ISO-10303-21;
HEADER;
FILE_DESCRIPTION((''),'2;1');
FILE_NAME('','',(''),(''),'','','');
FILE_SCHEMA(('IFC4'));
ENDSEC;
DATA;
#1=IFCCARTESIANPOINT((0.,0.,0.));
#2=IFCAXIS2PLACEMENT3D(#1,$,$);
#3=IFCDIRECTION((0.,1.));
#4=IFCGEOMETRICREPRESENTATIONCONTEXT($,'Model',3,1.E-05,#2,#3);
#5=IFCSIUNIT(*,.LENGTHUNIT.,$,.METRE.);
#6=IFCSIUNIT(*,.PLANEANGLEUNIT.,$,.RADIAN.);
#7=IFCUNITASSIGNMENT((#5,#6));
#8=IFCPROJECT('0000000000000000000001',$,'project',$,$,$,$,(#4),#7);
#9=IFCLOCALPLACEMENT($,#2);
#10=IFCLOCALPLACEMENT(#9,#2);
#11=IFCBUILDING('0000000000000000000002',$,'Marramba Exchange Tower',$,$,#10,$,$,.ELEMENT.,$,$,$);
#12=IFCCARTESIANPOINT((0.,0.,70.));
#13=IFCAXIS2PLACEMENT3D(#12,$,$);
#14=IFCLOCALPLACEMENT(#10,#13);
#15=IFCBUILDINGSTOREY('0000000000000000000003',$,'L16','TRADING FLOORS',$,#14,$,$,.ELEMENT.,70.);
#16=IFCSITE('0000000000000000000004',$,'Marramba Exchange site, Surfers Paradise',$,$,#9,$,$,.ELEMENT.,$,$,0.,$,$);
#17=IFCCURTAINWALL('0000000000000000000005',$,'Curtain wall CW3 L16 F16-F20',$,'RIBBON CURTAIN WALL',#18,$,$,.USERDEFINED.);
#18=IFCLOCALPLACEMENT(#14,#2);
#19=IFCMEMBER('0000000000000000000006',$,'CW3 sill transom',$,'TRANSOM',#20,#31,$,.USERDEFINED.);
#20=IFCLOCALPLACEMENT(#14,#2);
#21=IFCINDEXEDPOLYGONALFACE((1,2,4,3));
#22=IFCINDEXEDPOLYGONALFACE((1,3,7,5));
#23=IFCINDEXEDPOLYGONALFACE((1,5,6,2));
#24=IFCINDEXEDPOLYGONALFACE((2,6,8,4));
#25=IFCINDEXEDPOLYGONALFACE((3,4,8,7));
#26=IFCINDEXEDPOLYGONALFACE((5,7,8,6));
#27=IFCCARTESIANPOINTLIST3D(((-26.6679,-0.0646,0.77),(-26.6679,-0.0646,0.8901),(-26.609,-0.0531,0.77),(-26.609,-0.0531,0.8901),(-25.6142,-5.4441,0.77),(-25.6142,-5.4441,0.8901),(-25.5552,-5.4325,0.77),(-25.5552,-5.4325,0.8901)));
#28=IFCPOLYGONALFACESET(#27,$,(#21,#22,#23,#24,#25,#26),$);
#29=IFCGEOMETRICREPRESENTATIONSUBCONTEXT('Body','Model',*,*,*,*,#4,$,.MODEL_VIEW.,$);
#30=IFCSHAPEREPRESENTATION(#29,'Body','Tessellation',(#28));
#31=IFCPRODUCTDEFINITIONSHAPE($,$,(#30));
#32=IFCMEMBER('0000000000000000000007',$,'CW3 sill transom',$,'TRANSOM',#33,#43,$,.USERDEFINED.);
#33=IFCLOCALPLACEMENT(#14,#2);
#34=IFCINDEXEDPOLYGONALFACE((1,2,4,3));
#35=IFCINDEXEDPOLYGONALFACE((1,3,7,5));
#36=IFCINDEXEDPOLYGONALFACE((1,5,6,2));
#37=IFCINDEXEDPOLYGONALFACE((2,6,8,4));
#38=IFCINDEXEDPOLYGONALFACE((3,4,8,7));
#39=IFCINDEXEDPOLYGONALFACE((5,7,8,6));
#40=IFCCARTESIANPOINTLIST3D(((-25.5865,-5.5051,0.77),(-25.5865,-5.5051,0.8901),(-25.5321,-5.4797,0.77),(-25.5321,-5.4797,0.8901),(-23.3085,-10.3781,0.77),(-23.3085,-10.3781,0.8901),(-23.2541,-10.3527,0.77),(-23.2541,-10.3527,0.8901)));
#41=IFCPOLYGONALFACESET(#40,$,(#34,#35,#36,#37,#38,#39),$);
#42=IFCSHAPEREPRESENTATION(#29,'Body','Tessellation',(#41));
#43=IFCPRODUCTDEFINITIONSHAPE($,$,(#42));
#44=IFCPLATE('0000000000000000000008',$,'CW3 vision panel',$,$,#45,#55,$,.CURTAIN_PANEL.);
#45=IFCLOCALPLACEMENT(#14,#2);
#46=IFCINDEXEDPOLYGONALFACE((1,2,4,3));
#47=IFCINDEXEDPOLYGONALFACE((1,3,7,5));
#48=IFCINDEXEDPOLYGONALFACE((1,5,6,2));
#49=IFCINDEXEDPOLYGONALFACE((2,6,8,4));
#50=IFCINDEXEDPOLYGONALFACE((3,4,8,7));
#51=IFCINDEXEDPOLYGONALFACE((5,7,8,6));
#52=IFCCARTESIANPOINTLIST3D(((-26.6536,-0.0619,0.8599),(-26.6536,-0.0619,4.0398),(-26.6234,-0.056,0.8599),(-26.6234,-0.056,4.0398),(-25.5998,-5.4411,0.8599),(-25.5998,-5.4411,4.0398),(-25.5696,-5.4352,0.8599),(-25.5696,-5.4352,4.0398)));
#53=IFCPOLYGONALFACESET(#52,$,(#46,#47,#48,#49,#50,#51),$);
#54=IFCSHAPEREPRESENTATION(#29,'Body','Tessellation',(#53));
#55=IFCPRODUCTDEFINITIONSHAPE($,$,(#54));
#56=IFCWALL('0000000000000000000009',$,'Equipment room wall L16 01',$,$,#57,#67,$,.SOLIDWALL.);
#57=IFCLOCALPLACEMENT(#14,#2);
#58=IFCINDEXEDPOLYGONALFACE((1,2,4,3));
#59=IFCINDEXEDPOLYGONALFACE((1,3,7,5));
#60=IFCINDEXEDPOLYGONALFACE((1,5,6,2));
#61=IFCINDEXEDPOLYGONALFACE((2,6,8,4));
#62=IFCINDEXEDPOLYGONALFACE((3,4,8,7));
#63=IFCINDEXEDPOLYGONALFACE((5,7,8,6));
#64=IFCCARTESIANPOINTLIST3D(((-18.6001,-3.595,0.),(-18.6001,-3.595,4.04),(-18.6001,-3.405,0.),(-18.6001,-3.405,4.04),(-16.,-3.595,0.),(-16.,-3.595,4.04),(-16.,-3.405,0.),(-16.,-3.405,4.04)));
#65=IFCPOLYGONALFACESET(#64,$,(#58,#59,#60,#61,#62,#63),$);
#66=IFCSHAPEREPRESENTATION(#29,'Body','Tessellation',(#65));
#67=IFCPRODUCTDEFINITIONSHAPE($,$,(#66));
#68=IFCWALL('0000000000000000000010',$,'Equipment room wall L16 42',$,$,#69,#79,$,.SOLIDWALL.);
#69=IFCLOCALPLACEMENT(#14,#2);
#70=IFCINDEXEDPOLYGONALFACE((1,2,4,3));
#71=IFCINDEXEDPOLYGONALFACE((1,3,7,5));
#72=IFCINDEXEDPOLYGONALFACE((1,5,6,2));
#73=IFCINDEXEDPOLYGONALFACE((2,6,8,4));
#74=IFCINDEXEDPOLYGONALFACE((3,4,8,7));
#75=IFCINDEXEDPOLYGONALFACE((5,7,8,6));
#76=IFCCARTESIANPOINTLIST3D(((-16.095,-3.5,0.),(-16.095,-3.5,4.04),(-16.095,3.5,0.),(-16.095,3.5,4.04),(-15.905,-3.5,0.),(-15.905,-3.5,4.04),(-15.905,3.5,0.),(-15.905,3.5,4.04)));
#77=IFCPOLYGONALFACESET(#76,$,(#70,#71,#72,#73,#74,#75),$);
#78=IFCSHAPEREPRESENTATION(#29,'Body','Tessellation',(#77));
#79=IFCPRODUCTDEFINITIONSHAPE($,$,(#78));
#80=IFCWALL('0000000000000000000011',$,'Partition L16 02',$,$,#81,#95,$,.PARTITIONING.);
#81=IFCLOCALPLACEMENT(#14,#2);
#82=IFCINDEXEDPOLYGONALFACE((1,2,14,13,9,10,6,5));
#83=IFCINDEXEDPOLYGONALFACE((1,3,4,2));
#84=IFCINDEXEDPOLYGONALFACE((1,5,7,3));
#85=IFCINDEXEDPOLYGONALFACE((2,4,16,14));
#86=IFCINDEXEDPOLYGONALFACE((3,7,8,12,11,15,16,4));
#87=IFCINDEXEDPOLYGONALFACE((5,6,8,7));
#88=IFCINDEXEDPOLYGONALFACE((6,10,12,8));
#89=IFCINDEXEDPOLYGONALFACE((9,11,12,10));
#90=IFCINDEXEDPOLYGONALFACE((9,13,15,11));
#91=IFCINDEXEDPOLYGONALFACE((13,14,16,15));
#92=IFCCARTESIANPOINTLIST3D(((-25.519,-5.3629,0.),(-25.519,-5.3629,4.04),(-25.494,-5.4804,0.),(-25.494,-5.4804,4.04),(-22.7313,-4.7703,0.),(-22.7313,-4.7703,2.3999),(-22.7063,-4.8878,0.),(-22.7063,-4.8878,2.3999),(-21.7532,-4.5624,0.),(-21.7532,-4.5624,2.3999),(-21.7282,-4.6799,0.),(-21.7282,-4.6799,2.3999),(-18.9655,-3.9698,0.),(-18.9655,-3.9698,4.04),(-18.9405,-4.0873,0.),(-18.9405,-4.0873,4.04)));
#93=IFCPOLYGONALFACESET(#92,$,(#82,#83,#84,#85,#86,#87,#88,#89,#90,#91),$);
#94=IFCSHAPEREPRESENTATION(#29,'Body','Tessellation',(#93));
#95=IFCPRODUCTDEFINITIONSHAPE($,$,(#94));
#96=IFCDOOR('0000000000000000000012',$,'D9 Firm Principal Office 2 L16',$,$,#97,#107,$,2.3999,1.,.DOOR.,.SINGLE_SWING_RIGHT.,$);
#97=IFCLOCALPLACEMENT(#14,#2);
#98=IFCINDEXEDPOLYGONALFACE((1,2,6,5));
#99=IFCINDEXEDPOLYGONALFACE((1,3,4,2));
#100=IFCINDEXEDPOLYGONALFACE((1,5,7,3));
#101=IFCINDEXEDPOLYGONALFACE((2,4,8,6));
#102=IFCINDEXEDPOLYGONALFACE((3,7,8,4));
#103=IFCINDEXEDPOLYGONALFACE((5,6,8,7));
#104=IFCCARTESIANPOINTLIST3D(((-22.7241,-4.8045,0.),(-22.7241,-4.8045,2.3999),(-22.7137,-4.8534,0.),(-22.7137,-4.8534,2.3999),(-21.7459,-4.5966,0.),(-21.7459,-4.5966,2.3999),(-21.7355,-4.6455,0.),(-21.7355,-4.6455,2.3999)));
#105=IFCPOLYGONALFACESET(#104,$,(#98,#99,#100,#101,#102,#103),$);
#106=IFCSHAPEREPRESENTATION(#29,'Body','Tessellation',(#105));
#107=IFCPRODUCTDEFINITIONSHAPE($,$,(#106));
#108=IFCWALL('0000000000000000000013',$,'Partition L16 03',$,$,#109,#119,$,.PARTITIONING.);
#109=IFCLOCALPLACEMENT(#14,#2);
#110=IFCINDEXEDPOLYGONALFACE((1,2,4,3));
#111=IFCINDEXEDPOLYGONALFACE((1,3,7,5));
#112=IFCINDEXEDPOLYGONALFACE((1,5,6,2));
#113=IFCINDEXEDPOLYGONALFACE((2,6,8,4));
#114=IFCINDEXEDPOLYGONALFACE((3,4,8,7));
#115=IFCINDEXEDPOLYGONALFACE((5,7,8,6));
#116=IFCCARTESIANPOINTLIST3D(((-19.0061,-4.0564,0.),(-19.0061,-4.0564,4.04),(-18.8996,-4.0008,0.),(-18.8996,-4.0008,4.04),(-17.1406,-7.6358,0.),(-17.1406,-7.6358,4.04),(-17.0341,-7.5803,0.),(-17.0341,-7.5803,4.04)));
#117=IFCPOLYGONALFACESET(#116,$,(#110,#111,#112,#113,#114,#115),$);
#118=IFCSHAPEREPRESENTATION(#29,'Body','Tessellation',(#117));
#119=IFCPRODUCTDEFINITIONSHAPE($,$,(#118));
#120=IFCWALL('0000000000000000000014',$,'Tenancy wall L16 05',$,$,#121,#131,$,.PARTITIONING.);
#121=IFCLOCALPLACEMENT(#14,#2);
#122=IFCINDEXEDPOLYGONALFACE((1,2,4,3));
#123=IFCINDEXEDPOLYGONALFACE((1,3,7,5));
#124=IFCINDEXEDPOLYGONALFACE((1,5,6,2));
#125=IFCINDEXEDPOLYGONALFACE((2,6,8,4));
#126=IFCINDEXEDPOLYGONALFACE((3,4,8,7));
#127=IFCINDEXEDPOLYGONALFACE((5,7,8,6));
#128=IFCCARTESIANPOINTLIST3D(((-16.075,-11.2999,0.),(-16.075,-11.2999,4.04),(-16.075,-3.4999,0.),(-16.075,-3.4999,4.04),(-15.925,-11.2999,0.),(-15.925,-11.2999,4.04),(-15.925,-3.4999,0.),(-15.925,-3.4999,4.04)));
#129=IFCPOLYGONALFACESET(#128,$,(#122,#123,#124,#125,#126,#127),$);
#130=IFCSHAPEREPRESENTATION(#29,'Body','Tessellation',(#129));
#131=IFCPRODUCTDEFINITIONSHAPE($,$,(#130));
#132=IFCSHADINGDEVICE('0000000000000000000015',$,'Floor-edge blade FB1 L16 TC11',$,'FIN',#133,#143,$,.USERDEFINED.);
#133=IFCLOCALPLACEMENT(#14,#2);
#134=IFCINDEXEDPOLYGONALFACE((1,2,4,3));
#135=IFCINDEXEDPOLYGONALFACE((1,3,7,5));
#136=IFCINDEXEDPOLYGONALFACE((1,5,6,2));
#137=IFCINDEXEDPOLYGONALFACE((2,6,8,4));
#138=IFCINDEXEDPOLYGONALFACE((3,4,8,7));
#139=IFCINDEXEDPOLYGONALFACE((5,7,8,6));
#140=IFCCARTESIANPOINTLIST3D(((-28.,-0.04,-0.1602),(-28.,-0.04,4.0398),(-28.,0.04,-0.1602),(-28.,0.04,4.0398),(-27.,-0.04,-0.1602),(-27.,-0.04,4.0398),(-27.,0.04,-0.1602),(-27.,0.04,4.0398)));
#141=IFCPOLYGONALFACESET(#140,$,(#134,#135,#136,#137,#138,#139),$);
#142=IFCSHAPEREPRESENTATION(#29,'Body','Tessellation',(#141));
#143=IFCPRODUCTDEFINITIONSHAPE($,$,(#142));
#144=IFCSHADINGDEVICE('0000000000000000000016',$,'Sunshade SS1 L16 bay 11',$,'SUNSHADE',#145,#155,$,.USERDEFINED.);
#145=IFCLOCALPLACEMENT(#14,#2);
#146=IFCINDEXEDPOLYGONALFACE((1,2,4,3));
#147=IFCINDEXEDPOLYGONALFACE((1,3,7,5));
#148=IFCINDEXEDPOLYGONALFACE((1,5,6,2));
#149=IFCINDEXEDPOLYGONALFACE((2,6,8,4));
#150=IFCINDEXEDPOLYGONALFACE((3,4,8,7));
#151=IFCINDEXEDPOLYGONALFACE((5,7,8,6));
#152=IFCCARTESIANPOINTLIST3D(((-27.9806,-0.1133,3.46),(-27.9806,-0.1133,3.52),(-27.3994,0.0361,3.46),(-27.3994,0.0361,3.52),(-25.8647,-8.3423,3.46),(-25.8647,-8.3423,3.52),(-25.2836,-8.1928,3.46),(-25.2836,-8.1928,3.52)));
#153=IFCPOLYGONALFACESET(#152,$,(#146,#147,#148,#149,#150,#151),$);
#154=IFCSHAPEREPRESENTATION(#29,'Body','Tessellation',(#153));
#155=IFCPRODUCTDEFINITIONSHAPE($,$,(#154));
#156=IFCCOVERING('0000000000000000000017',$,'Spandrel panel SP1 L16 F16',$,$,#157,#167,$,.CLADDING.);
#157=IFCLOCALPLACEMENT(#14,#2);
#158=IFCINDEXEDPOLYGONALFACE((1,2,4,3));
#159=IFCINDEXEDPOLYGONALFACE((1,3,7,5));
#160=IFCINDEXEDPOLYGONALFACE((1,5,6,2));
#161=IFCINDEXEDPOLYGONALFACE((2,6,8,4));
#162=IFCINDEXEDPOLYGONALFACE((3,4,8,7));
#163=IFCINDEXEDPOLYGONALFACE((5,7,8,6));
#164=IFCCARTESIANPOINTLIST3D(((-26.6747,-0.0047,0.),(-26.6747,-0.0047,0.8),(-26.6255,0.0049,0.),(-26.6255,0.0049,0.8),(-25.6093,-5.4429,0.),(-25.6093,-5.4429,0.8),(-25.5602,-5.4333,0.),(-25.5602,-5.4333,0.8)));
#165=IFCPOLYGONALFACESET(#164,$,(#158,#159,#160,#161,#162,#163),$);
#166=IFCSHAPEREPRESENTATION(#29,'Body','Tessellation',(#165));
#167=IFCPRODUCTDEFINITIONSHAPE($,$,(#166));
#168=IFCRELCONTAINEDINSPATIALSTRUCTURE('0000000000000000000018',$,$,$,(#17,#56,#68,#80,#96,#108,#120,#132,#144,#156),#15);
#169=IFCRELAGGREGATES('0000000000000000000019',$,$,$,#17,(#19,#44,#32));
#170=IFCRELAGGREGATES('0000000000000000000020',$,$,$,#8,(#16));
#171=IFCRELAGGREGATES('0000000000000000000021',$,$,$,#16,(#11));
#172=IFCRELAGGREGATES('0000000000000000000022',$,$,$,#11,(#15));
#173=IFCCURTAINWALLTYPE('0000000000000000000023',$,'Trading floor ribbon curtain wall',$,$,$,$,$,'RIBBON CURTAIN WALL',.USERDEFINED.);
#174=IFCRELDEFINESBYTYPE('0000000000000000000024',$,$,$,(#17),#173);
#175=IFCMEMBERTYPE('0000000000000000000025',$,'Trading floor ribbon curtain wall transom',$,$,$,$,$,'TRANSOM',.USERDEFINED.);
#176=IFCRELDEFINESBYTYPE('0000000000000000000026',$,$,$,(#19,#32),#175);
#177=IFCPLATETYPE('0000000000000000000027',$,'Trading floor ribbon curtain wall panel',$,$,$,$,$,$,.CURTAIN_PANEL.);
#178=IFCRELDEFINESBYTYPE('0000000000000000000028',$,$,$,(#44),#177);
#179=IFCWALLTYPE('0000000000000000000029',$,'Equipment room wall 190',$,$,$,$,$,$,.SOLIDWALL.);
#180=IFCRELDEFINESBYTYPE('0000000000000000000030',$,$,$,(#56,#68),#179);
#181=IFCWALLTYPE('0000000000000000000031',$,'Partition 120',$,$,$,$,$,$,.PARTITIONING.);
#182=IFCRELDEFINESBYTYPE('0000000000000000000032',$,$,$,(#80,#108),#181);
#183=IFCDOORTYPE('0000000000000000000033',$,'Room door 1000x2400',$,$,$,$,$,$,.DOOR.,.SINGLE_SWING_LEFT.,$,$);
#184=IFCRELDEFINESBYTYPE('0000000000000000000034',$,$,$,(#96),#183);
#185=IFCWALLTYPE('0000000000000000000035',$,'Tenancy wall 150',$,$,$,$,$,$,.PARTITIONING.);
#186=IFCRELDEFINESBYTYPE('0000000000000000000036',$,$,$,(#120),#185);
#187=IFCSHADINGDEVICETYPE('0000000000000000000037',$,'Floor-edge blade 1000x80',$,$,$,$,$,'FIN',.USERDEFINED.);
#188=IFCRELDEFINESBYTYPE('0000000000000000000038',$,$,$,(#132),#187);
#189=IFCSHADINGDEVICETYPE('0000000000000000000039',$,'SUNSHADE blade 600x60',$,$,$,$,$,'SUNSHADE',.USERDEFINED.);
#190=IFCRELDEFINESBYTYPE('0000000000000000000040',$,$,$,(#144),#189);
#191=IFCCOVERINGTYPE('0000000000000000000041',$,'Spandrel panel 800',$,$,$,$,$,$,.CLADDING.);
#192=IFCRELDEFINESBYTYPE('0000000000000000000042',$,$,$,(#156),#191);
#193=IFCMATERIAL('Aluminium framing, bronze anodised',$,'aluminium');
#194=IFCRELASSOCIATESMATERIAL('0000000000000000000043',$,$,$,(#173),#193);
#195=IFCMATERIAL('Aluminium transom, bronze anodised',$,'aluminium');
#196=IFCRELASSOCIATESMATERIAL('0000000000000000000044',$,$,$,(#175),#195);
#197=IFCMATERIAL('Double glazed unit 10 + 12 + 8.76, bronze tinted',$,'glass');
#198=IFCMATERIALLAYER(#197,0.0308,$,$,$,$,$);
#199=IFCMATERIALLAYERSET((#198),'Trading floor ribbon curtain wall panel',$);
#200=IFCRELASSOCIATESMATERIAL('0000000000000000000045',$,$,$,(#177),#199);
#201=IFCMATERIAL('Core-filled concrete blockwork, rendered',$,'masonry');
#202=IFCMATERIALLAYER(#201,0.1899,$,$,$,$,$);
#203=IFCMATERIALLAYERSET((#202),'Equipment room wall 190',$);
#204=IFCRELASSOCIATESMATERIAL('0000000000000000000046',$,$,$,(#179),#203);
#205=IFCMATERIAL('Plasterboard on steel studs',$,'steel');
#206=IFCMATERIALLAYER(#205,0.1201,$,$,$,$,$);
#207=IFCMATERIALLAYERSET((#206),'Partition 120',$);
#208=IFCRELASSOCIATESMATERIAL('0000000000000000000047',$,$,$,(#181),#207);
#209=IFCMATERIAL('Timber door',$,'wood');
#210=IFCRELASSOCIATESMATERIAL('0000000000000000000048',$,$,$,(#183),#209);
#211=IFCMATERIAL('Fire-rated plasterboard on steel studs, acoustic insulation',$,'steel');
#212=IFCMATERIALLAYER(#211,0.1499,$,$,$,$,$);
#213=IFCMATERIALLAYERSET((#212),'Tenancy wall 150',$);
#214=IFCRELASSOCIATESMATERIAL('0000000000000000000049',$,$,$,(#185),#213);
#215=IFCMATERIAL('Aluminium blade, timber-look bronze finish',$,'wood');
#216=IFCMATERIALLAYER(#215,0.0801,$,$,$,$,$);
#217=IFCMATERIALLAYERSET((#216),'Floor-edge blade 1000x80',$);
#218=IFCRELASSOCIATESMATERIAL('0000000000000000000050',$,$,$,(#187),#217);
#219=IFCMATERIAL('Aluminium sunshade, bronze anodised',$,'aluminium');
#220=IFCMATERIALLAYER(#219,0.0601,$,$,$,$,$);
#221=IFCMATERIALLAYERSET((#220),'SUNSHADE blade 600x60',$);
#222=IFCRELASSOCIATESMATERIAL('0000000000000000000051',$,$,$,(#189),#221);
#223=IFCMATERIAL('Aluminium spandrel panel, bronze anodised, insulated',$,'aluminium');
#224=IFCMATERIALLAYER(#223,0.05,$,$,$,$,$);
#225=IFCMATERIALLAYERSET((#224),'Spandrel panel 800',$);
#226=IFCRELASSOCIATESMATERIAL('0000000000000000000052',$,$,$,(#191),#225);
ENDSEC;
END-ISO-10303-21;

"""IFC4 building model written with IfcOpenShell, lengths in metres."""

from ifc_helpers import new_model, si_unit, direction, frame, frame_2d, origin, origin_2d, place, context, subcontext, project, spatial, rectangle, extrude, material, layer, layer_set, material_profile, profile_set, type_object, element, fill, aggregate, save


model = new_model("IFC4")

# Units and contexts
model_context = context("Model", 3, precision=1e-05, world=origin(), true_north=direction((0.0, 1.0)))
body_context = subcontext(model_context, "Body", "Model", "MODEL_VIEW")
ifc_project = project(units=[si_unit("LENGTHUNIT", "METRE"), si_unit("PLANEANGLEUNIT", "RADIAN")], contexts=[model_context])

# Site, building, storey
site_placement = place(None, origin())
site = spatial("IfcSite", under=ifc_project, at=site_placement, Name="Marramba Exchange site, Surfers Paradise", CompositionType="ELEMENT", RefElevation=0.0)
building_placement = place(site_placement, origin())
building = spatial("IfcBuilding", under=site, at=building_placement, Name="Marramba Exchange Tower", CompositionType="ELEMENT")
storey_placement = place(building_placement, frame((0.0, 0.0, 70.0)))
storey = spatial("IfcBuildingStorey", under=building, at=storey_placement, Name="L16", Description="TRADING FLOORS", CompositionType="ELEMENT", Elevation=70.0)

# Curtain wall, members, plate
ifc_material_1 = material(Name="Aluminium framing, bronze anodised", Category="aluminium")
curtain_wall_type = type_object("IfcCurtainWallType", Name="Trading floor ribbon curtain wall", ElementType="RIBBON CURTAIN WALL", PredefinedType="USERDEFINED", material=ifc_material_1)
curtain_wall_placement = place(storey_placement, origin())
curtain_wall = element("IfcCurtainWall", 1, at=curtain_wall_placement, inside=storey, type_object=curtain_wall_type, Name="Curtain wall CW3 L16 F16-F20", ObjectType="RIBBON CURTAIN WALL", PredefinedType="USERDEFINED")
ifc_material_2 = material(Name="Aluminium transom, bronze anodised", Category="aluminium")
ifc_material_profile_1 = material_profile(ifc_material_2, rectangle(XDim=0.0601, YDim=0.1201, at=origin_2d()), Name="CW3 transom 60x120")
ifc_profile_set_1 = profile_set([ifc_material_profile_1], Name="Aluminium transom, bronze anodised")
member_type_1 = type_object("IfcMemberType", Name="Trading floor ribbon curtain wall transom", ElementType="TRANSOM", PredefinedType="USERDEFINED", material=ifc_profile_set_1)
member_1_placement = place(storey_placement, frame((-26.6384, -0.0588, 0.8301), z_axis=(0.192226, -0.981351, 0.0), x_axis=(0.981351, 0.192226, 0.0)))
member_1 = element("IfcMember", 2, at=member_1_placement, type_object=member_type_1, Name="CW3 sill transom", ObjectType="TRANSOM", PredefinedType="USERDEFINED", context=body_context, shape_type="SweptSolid", body=[
    extrude(rectangle(XDim=0.0601, YDim=0.1201, at=origin_2d()), origin(), (0.0, 0.0, 1.0), 5.4817),
])
member_2_placement = place(storey_placement, frame((-25.5593, -5.4924, 0.8301), z_axis=(0.423494, -0.905899, 0.0), x_axis=(0.905899, 0.423494, 0.0)))
member_2 = element("IfcMember", 3, at=member_2_placement, type_object=member_type_1, Name="CW3 sill transom", ObjectType="TRANSOM", PredefinedType="USERDEFINED", context=body_context, shape_type="SweptSolid", body=[
    extrude(rectangle(XDim=0.0601, YDim=0.1201, at=origin_2d()), origin(), (0.0, 0.0, 1.0), 5.3792),
])
ifc_material_3 = material(Name="Double glazed unit 10 + 12 + 8.76, bronze tinted", Category="glass")
ifc_layer_1 = layer(ifc_material_3, 0.0308)
ifc_layer_set_1 = layer_set([ifc_layer_1], Name="Trading floor ribbon curtain wall panel")
plate_type = type_object("IfcPlateType", Name="Trading floor ribbon curtain wall panel", PredefinedType="CURTAIN_PANEL", material=ifc_layer_set_1)
plate_placement = place(storey_placement, frame((-26.1116, -2.7485, 0.8599), z_axis=(0.0, 0.0, 1.0), x_axis=(0.192249, -0.981346, 0.0)))
plate = element("IfcPlate", 4, at=plate_placement, type_object=plate_type, Name="CW3 vision panel", PredefinedType="CURTAIN_PANEL", context=body_context, shape_type="SweptSolid", body=[
    extrude(rectangle(XDim=5.4814, YDim=0.0308, at=origin_2d()), origin(), (0.0, 0.0, 1.0), 3.1799),
])
aggregate(curtain_wall, [member_1, plate, member_2])

# Walls
ifc_material_4 = material(Name="Core-filled concrete blockwork, rendered", Category="masonry")
ifc_layer_2 = layer(ifc_material_4, 0.1899)
ifc_layer_set_2 = layer_set([ifc_layer_2], Name="Equipment room wall 190")
wall_type_1 = type_object("IfcWallType", Name="Equipment room wall 190", PredefinedType="SOLIDWALL", material=ifc_layer_set_2)
wall_1_placement = place(storey_placement, frame((-18.6001, -3.5, 0.0), z_axis=(0.0, 0.0, 1.0), x_axis=(1.0, 0.0, 0.0)))
element("IfcWall", 5, at=wall_1_placement, inside=storey, type_object=wall_type_1, Name="Equipment room wall L16 01", PredefinedType="SOLIDWALL", context=body_context, shape_type="SweptSolid", body=[
    extrude(rectangle(XDim=2.6001, YDim=0.1899, at=frame_2d((1.3, 0.0))), origin(), (0.0, 0.0, 1.0), 4.04),
])
wall_2_placement = place(storey_placement, frame((-16.0, -3.5, 0.0), z_axis=(0.0, 0.0, 1.0), x_axis=(0.0, 1.0, 0.0)))
element("IfcWall", 6, at=wall_2_placement, inside=storey, type_object=wall_type_1, Name="Equipment room wall L16 42", PredefinedType="SOLIDWALL", context=body_context, shape_type="SweptSolid", body=[
    extrude(rectangle(XDim=7.0, YDim=0.1899, at=frame_2d((3.5, 0.0))), origin(), (0.0, 0.0, 1.0), 4.04),
])

# Wall, opening, door
ifc_material_5 = material(Name="Plasterboard on steel studs", Category="steel")
ifc_layer_3 = layer(ifc_material_5, 0.1201)
ifc_layer_set_3 = layer_set([ifc_layer_3], Name="Partition 120")
wall_type_2 = type_object("IfcWallType", Name="Partition 120", PredefinedType="PARTITIONING", material=ifc_layer_set_3)
wall_3_placement = place(storey_placement, frame((-18.9529, -4.0286, 0.0), z_axis=(0.0, 0.0, 1.0), x_axis=(-0.978145, -0.207924, 0.0)))
wall_3 = element("IfcWall", 7, at=wall_3_placement, inside=storey, type_object=wall_type_2, Name="Partition L16 02", PredefinedType="PARTITIONING", context=body_context, shape_type="SweptSolid", body=[
    extrude(rectangle(XDim=6.7, YDim=0.1201, at=frame_2d((3.3501, 0.0))), origin(), (0.0, 0.0, 1.0), 4.04),
])
opening_placement = place(wall_3_placement, frame((2.8501, 0.0, 0.0)))
opening = element("IfcOpeningElement", 8, at=opening_placement, cuts=wall_3, PredefinedType="OPENING", context=body_context, shape_type="SweptSolid", body=[
    extrude(rectangle(XDim=1.0, YDim=2.3999, at=frame_2d((0.5, 1.2))), frame((0.0, 0.0701, 0.0), z_axis=(0.0, -1.0, 0.0), x_axis=(1.0, 0.0, 0.0)), (0.0, 0.0, 1.0), 0.1401),
])
ifc_material_6 = material(Name="Timber door", Category="wood")
door_type = type_object("IfcDoorType", Name="Room door 1000x2400", OperationType="SINGLE_SWING_LEFT", PredefinedType="DOOR", material=ifc_material_6)
door_placement = place(opening_placement, origin())
door = element("IfcDoor", 9, at=door_placement, inside=storey, type_object=door_type, Name="D9 Firm Principal Office 2 L16", OperationType="SINGLE_SWING_RIGHT", OverallHeight=2.3999, OverallWidth=1.0, PredefinedType="DOOR", context=body_context, shape_type="SweptSolid", body=[
    extrude(rectangle(XDim=1.0, YDim=2.3999, at=frame_2d((0.5, 1.2))), frame((0.0, 0.0249, 0.0), z_axis=(0.0, -1.0, 0.0), x_axis=(1.0, 0.0, 0.0)), (0.0, 0.0, 1.0), 0.05),
])
fill(opening, door)

# Walls
wall_4_placement = place(storey_placement, frame((-17.0874, -7.6079, 0.0), z_axis=(0.0, 0.0, 1.0), x_axis=(-0.462175, 0.886789, 0.0)))
element("IfcWall", 10, at=wall_4_placement, inside=storey, type_object=wall_type_2, Name="Partition L16 03", PredefinedType="PARTITIONING", context=body_context, shape_type="SweptSolid", body=[
    extrude(rectangle(XDim=4.0364, YDim=0.1201, at=frame_2d((2.0181, 0.0))), origin(), (0.0, 0.0, 1.0), 4.04),
])
ifc_material_7 = material(Name="Fire-rated plasterboard on steel studs, acoustic insulation", Category="steel")
ifc_layer_4 = layer(ifc_material_7, 0.1499)
ifc_layer_set_4 = layer_set([ifc_layer_4], Name="Tenancy wall 150")
wall_type_3 = type_object("IfcWallType", Name="Tenancy wall 150", PredefinedType="PARTITIONING", material=ifc_layer_set_4)
wall_5_placement = place(storey_placement, frame((-16.0, -3.5, 0.0), z_axis=(0.0, 0.0, 1.0), x_axis=(0.0, -1.0, 0.0)))
element("IfcWall", 11, at=wall_5_placement, inside=storey, type_object=wall_type_3, Name="Tenancy wall L16 05", PredefinedType="PARTITIONING", context=body_context, shape_type="SweptSolid", body=[
    extrude(rectangle(XDim=7.8, YDim=0.1499, at=frame_2d((3.8999, 0.0))), origin(), (0.0, 0.0, 1.0), 4.04),
])

# Shading devices
ifc_material_8 = material(Name="Aluminium blade, timber-look bronze finish", Category="wood")
ifc_layer_5 = layer(ifc_material_8, 0.0801)
ifc_layer_set_5 = layer_set([ifc_layer_5], Name="Floor-edge blade 1000x80")
shading_device_type_1 = type_object("IfcShadingDeviceType", Name="Floor-edge blade 1000x80", ElementType="FIN", PredefinedType="USERDEFINED", material=ifc_layer_set_5)
shading_device_1_placement = place(storey_placement, frame((-27.5, 0.0, -0.1602), z_axis=(0.0, 0.0, 1.0), x_axis=(-1.0, 0.0, 0.0)))
element("IfcShadingDevice", 12, at=shading_device_1_placement, inside=storey, type_object=shading_device_type_1, Name="Floor-edge blade FB1 L16 TC11", ObjectType="FIN", PredefinedType="USERDEFINED", context=body_context, shape_type="SweptSolid", body=[
    extrude(rectangle(XDim=1.0, YDim=0.0801, at=origin_2d()), origin(), (0.0, 0.0, 1.0), 4.2),
])
ifc_material_9 = material(Name="Aluminium sunshade, bronze anodised", Category="aluminium")
ifc_layer_6 = layer(ifc_material_9, 0.0601)
ifc_layer_set_6 = layer_set([ifc_layer_6], Name="SUNSHADE blade 600x60")
shading_device_type_2 = type_object("IfcShadingDeviceType", Name="SUNSHADE blade 600x60", ElementType="SUNSHADE", PredefinedType="USERDEFINED", material=ifc_layer_set_6)
shading_device_2_placement = place(storey_placement, frame((-26.6321, -4.1531, 3.46), z_axis=(0.0, 0.0, 1.0), x_axis=(0.249025, -0.968497, 0.0)))
element("IfcShadingDevice", 13, at=shading_device_2_placement, inside=storey, type_object=shading_device_type_2, Name="Sunshade SS1 L16 bay 11", ObjectType="SUNSHADE", PredefinedType="USERDEFINED", context=body_context, shape_type="SweptSolid", body=[
    extrude(rectangle(XDim=8.4966, YDim=0.6001, at=origin_2d()), origin(), (0.0, 0.0, 1.0), 0.0601),
])

# Covering
ifc_material_10 = material(Name="Aluminium spandrel panel, bronze anodised, insulated", Category="aluminium")
ifc_layer_7 = layer(ifc_material_10, 0.05)
ifc_layer_set_7 = layer_set([ifc_layer_7], Name="Spandrel panel 800")
covering_type = type_object("IfcCoveringType", Name="Spandrel panel 800", PredefinedType="CLADDING", material=ifc_layer_set_7)
covering_1_placement = place(storey_placement, frame((-26.1174, -2.719, 0.0), z_axis=(0.0, 0.0, 1.0), x_axis=(0.192249, -0.981346, 0.0)))
element("IfcCovering", 14, at=covering_1_placement, inside=storey, type_object=covering_type, Name="Spandrel panel SP1 L16 F16", PredefinedType="CLADDING", context=body_context, shape_type="SweptSolid", body=[
    extrude(rectangle(XDim=5.5415, YDim=0.05, at=origin_2d()), origin(), (0.0, 0.0, 1.0), 0.8),
])

save(model, "model.ifc")
